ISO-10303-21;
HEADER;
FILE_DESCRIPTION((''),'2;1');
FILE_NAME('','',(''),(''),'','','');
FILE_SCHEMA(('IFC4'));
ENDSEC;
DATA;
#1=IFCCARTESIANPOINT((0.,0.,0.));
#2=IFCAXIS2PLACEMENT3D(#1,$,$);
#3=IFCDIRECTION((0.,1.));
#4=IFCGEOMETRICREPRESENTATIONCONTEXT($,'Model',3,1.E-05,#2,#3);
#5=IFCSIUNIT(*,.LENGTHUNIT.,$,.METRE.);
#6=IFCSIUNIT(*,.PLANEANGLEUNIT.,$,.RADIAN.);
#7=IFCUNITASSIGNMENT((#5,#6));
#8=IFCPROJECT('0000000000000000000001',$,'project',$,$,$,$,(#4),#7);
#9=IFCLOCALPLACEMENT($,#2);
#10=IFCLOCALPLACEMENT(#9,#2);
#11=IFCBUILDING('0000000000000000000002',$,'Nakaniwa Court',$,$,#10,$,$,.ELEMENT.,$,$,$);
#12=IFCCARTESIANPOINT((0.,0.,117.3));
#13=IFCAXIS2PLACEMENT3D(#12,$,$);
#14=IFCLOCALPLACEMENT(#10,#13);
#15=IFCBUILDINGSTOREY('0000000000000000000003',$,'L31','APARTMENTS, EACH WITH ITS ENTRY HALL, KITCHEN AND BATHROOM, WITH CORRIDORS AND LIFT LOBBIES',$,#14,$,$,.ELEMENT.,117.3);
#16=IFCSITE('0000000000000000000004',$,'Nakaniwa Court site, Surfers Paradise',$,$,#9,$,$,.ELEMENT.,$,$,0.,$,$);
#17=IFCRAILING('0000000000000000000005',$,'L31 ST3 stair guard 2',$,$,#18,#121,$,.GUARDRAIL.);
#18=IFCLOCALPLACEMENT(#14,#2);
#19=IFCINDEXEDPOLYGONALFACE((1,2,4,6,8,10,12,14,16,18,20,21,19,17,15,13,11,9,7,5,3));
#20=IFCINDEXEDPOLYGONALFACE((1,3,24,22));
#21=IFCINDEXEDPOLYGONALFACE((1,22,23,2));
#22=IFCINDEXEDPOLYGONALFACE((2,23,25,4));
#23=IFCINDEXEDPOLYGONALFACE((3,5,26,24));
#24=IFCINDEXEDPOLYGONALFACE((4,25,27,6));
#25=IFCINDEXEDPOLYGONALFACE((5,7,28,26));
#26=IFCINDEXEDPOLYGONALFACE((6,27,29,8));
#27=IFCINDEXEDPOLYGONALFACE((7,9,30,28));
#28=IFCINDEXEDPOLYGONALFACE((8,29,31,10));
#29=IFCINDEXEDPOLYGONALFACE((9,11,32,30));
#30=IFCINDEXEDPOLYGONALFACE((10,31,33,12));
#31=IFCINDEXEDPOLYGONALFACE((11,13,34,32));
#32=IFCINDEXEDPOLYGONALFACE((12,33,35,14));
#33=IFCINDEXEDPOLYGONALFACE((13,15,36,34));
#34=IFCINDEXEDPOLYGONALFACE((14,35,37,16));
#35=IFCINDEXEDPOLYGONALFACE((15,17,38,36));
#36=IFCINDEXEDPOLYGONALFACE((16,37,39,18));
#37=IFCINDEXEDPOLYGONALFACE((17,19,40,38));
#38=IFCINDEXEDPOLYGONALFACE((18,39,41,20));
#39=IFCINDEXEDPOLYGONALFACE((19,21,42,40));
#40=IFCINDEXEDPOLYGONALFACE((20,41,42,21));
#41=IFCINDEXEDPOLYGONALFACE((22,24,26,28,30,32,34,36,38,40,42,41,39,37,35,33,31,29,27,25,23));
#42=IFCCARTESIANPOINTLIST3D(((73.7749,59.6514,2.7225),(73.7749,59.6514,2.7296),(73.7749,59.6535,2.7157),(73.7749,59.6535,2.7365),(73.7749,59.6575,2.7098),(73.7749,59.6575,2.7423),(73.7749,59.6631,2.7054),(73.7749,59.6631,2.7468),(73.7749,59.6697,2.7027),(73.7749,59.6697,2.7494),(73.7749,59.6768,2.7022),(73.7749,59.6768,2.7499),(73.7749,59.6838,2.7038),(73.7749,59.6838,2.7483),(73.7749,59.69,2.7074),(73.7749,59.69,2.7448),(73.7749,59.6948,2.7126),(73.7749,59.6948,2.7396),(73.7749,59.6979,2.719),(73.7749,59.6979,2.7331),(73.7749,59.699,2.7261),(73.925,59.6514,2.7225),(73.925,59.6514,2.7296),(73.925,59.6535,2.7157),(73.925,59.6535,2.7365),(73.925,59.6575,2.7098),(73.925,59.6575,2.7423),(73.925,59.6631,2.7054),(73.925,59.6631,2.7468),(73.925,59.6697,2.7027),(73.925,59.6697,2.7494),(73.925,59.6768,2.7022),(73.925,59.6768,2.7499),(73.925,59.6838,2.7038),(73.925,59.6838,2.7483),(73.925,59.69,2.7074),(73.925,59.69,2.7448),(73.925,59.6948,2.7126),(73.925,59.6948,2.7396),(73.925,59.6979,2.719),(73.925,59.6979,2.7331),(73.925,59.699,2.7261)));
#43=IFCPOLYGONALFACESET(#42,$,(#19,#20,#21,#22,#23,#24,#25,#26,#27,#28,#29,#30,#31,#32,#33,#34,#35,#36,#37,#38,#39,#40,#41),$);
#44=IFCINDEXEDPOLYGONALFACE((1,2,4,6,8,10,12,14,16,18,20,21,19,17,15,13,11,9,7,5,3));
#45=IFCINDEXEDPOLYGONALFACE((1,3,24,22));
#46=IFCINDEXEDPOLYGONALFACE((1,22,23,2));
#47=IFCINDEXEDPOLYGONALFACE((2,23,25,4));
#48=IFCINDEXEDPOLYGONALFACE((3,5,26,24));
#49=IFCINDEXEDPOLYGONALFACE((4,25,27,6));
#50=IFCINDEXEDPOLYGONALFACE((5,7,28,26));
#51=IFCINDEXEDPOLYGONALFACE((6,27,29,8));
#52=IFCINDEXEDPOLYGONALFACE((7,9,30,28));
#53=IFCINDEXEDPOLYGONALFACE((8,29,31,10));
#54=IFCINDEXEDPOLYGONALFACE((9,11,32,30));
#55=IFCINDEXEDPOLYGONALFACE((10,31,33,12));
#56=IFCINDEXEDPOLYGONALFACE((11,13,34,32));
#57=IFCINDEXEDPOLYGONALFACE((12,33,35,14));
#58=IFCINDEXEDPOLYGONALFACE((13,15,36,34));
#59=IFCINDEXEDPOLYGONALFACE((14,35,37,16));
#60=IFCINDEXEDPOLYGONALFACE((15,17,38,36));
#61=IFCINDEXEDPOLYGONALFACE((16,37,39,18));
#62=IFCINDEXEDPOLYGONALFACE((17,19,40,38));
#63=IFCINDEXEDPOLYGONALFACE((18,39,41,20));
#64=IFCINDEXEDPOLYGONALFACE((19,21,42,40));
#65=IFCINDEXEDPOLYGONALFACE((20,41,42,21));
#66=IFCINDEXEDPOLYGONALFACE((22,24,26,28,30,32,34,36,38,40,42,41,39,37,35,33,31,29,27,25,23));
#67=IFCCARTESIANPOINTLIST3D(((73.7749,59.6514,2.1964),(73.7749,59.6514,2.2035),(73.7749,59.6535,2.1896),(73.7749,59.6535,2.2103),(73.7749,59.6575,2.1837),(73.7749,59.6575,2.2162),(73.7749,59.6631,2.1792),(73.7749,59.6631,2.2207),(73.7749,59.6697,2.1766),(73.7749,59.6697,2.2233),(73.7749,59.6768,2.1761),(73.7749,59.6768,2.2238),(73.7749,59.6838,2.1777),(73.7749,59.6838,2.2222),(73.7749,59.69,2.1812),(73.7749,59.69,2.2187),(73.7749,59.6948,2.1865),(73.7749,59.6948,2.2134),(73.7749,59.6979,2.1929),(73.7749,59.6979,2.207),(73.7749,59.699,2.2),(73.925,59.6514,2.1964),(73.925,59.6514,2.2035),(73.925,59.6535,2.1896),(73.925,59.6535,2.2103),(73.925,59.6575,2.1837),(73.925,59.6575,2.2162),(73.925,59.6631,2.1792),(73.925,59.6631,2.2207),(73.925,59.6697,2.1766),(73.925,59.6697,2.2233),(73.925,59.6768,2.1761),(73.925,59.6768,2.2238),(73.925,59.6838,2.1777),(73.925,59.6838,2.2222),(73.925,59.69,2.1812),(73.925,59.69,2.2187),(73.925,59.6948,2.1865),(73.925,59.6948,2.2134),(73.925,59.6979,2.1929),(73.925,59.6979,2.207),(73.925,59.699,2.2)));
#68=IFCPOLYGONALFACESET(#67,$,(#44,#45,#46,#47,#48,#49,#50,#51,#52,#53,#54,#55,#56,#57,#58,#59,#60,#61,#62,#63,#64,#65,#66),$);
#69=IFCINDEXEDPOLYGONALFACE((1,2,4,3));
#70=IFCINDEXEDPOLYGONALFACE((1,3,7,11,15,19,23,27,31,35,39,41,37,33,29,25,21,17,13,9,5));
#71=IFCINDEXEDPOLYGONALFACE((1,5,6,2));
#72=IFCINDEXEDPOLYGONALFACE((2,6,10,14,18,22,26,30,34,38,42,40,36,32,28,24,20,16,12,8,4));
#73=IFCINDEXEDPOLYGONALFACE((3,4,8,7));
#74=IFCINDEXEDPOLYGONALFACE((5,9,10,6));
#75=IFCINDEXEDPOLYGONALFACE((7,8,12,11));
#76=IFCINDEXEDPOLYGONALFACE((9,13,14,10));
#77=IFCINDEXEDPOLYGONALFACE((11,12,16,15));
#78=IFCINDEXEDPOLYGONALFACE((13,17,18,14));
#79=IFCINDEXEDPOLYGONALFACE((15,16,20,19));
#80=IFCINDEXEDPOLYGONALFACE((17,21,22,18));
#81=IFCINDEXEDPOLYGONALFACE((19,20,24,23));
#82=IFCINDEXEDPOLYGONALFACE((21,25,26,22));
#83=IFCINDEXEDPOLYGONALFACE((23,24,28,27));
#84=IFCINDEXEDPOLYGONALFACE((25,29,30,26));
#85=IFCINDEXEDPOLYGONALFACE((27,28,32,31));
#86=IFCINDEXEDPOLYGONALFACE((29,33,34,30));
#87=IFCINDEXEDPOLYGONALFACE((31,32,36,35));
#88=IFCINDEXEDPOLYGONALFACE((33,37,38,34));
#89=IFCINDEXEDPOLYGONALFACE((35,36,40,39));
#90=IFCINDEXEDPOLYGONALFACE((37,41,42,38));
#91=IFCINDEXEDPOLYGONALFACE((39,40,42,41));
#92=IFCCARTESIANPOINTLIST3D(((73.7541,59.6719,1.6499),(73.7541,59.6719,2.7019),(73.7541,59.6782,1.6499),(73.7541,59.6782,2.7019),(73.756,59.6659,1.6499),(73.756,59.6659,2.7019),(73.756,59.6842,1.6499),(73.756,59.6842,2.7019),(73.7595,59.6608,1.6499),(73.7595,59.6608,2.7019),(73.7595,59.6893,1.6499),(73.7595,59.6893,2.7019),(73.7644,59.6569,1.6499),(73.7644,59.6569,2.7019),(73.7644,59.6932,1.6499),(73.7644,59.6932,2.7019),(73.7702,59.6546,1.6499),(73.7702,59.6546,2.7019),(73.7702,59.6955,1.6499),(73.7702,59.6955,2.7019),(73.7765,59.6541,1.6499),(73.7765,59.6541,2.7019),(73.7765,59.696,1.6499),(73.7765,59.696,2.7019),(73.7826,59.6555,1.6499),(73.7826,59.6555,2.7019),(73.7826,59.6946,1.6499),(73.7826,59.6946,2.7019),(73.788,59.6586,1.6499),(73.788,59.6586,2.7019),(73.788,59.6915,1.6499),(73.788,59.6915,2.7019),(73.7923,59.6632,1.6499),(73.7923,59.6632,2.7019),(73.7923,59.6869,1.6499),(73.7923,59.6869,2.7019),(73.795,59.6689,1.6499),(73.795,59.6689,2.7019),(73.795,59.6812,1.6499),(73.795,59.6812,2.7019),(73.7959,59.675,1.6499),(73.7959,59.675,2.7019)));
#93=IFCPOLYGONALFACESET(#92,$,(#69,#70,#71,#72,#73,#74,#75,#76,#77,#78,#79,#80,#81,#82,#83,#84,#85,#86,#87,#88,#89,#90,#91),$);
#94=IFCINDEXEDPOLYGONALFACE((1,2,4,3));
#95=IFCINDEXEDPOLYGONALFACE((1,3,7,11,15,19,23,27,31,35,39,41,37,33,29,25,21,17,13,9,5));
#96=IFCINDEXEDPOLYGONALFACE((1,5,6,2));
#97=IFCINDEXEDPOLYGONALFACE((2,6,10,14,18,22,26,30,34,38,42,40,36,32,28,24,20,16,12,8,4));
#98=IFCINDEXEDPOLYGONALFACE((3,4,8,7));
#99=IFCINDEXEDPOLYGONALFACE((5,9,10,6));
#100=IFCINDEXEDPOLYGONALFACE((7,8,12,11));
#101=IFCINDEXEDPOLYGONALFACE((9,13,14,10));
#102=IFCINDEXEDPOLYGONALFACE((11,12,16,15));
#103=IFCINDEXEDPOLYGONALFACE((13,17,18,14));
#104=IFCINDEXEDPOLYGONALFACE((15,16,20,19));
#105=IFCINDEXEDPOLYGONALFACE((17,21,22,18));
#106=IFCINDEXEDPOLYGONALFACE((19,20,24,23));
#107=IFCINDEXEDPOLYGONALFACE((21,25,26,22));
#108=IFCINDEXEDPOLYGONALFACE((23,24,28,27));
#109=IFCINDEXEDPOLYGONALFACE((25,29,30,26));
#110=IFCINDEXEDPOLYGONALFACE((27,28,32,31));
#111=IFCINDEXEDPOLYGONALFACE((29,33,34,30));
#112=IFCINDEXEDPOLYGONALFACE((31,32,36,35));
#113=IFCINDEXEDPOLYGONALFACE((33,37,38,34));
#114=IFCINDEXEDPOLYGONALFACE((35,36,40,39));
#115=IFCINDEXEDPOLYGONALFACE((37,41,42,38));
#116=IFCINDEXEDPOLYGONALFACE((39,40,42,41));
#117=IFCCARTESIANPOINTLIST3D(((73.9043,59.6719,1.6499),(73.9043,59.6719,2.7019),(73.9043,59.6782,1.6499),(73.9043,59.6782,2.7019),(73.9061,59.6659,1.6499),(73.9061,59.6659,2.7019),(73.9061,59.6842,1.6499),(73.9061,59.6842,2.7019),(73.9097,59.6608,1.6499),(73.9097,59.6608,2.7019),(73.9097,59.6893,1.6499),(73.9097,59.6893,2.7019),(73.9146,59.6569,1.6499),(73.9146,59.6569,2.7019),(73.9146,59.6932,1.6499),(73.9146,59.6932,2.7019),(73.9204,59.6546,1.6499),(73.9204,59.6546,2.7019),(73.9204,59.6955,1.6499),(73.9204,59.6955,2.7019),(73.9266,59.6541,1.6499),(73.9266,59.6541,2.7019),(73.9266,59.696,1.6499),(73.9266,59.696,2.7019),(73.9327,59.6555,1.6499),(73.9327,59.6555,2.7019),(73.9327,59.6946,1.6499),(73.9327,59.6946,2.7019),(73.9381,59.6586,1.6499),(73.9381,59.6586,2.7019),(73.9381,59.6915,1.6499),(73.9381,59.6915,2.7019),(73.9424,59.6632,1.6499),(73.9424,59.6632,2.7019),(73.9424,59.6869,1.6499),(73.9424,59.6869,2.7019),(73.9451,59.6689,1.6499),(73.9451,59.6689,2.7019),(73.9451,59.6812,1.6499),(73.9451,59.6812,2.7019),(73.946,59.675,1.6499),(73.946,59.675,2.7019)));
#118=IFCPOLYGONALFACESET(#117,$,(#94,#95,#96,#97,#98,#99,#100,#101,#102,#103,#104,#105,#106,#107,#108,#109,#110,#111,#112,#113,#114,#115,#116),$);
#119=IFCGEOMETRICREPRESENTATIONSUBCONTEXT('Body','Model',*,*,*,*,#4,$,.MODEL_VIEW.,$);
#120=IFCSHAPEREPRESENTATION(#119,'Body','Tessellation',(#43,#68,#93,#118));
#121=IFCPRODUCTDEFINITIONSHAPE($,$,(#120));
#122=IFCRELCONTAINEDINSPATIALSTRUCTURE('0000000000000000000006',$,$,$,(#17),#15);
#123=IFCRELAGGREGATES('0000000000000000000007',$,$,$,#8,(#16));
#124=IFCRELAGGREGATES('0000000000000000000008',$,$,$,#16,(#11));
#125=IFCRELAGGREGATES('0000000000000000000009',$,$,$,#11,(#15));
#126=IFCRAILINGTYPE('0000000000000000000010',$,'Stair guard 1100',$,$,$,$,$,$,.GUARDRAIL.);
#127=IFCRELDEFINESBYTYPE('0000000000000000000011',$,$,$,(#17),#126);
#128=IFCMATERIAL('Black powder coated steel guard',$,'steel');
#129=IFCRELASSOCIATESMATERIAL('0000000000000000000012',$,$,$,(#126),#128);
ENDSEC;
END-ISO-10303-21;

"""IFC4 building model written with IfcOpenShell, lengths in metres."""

from ifc_helpers import new_model, si_unit, direction, frame, origin, origin_2d, place, context, subcontext, project, spatial, circle, extrude, material, type_object, element, save


model = new_model("IFC4")

# Units and contexts
model_context = context("Model", 3, precision=1e-05, world=origin(), true_north=direction((0.0, 1.0)))
body_context = subcontext(model_context, "Body", "Model", "MODEL_VIEW")
ifc_project = project(units=[si_unit("LENGTHUNIT", "METRE"), si_unit("PLANEANGLEUNIT", "RADIAN")], contexts=[model_context])

# Site, building, storey
site_placement = place(None, origin())
site = spatial("IfcSite", under=ifc_project, at=site_placement, Name="Nakaniwa Court site, Surfers Paradise", CompositionType="ELEMENT", RefElevation=0.0)
building_placement = place(site_placement, origin())
building = spatial("IfcBuilding", under=site, at=building_placement, Name="Nakaniwa Court", CompositionType="ELEMENT")
storey_placement = place(building_placement, frame((0.0, 0.0, 117.3)))
storey = spatial("IfcBuildingStorey", under=building, at=storey_placement, Name="L31", Description="APARTMENTS, EACH WITH ITS ENTRY HALL, KITCHEN AND BATHROOM, WITH CORRIDORS AND LIFT LOBBIES", CompositionType="ELEMENT", Elevation=117.3)

# Railing
ifc_material_1 = material(Name="Black powder coated steel guard", Category="steel")
railing_type_1 = type_object("IfcRailingType", Name="Stair guard 1100", PredefinedType="GUARDRAIL", material=ifc_material_1)
railing_1_placement = place(storey_placement, frame((73.7749, 59.675, 1.6499)))
element("IfcRailing", 1, at=railing_1_placement, inside=storey, type_object=railing_type_1, Name="L31 ST3 stair guard 2", PredefinedType="GUARDRAIL", context=body_context, shape_type="SweptSolid", body=[
    extrude(circle(Radius=0.0239, at=origin_2d()), frame((0.0, 0.0, 1.0762), z_axis=(1.0, 0.0, 0.0), x_axis=(0.0, 1.0, 0.0)), (0.0, 0.0, 1.0), 0.1501),
    extrude(circle(Radius=0.0239, at=origin_2d()), frame((0.0, 0.0, 0.55), z_axis=(1.0, 0.0, 0.0), x_axis=(0.0, 1.0, 0.0)), (0.0, 0.0, 1.0), 0.1501),
    extrude(circle(Radius=0.021, at=origin_2d()), origin(), (0.0, 0.0, 1.0), 1.052),
    extrude(circle(Radius=0.021, at=origin_2d()), frame((0.1501, 0.0, 0.0)), (0.0, 0.0, 1.0), 1.052),
])

save(model, "model.ifc")
